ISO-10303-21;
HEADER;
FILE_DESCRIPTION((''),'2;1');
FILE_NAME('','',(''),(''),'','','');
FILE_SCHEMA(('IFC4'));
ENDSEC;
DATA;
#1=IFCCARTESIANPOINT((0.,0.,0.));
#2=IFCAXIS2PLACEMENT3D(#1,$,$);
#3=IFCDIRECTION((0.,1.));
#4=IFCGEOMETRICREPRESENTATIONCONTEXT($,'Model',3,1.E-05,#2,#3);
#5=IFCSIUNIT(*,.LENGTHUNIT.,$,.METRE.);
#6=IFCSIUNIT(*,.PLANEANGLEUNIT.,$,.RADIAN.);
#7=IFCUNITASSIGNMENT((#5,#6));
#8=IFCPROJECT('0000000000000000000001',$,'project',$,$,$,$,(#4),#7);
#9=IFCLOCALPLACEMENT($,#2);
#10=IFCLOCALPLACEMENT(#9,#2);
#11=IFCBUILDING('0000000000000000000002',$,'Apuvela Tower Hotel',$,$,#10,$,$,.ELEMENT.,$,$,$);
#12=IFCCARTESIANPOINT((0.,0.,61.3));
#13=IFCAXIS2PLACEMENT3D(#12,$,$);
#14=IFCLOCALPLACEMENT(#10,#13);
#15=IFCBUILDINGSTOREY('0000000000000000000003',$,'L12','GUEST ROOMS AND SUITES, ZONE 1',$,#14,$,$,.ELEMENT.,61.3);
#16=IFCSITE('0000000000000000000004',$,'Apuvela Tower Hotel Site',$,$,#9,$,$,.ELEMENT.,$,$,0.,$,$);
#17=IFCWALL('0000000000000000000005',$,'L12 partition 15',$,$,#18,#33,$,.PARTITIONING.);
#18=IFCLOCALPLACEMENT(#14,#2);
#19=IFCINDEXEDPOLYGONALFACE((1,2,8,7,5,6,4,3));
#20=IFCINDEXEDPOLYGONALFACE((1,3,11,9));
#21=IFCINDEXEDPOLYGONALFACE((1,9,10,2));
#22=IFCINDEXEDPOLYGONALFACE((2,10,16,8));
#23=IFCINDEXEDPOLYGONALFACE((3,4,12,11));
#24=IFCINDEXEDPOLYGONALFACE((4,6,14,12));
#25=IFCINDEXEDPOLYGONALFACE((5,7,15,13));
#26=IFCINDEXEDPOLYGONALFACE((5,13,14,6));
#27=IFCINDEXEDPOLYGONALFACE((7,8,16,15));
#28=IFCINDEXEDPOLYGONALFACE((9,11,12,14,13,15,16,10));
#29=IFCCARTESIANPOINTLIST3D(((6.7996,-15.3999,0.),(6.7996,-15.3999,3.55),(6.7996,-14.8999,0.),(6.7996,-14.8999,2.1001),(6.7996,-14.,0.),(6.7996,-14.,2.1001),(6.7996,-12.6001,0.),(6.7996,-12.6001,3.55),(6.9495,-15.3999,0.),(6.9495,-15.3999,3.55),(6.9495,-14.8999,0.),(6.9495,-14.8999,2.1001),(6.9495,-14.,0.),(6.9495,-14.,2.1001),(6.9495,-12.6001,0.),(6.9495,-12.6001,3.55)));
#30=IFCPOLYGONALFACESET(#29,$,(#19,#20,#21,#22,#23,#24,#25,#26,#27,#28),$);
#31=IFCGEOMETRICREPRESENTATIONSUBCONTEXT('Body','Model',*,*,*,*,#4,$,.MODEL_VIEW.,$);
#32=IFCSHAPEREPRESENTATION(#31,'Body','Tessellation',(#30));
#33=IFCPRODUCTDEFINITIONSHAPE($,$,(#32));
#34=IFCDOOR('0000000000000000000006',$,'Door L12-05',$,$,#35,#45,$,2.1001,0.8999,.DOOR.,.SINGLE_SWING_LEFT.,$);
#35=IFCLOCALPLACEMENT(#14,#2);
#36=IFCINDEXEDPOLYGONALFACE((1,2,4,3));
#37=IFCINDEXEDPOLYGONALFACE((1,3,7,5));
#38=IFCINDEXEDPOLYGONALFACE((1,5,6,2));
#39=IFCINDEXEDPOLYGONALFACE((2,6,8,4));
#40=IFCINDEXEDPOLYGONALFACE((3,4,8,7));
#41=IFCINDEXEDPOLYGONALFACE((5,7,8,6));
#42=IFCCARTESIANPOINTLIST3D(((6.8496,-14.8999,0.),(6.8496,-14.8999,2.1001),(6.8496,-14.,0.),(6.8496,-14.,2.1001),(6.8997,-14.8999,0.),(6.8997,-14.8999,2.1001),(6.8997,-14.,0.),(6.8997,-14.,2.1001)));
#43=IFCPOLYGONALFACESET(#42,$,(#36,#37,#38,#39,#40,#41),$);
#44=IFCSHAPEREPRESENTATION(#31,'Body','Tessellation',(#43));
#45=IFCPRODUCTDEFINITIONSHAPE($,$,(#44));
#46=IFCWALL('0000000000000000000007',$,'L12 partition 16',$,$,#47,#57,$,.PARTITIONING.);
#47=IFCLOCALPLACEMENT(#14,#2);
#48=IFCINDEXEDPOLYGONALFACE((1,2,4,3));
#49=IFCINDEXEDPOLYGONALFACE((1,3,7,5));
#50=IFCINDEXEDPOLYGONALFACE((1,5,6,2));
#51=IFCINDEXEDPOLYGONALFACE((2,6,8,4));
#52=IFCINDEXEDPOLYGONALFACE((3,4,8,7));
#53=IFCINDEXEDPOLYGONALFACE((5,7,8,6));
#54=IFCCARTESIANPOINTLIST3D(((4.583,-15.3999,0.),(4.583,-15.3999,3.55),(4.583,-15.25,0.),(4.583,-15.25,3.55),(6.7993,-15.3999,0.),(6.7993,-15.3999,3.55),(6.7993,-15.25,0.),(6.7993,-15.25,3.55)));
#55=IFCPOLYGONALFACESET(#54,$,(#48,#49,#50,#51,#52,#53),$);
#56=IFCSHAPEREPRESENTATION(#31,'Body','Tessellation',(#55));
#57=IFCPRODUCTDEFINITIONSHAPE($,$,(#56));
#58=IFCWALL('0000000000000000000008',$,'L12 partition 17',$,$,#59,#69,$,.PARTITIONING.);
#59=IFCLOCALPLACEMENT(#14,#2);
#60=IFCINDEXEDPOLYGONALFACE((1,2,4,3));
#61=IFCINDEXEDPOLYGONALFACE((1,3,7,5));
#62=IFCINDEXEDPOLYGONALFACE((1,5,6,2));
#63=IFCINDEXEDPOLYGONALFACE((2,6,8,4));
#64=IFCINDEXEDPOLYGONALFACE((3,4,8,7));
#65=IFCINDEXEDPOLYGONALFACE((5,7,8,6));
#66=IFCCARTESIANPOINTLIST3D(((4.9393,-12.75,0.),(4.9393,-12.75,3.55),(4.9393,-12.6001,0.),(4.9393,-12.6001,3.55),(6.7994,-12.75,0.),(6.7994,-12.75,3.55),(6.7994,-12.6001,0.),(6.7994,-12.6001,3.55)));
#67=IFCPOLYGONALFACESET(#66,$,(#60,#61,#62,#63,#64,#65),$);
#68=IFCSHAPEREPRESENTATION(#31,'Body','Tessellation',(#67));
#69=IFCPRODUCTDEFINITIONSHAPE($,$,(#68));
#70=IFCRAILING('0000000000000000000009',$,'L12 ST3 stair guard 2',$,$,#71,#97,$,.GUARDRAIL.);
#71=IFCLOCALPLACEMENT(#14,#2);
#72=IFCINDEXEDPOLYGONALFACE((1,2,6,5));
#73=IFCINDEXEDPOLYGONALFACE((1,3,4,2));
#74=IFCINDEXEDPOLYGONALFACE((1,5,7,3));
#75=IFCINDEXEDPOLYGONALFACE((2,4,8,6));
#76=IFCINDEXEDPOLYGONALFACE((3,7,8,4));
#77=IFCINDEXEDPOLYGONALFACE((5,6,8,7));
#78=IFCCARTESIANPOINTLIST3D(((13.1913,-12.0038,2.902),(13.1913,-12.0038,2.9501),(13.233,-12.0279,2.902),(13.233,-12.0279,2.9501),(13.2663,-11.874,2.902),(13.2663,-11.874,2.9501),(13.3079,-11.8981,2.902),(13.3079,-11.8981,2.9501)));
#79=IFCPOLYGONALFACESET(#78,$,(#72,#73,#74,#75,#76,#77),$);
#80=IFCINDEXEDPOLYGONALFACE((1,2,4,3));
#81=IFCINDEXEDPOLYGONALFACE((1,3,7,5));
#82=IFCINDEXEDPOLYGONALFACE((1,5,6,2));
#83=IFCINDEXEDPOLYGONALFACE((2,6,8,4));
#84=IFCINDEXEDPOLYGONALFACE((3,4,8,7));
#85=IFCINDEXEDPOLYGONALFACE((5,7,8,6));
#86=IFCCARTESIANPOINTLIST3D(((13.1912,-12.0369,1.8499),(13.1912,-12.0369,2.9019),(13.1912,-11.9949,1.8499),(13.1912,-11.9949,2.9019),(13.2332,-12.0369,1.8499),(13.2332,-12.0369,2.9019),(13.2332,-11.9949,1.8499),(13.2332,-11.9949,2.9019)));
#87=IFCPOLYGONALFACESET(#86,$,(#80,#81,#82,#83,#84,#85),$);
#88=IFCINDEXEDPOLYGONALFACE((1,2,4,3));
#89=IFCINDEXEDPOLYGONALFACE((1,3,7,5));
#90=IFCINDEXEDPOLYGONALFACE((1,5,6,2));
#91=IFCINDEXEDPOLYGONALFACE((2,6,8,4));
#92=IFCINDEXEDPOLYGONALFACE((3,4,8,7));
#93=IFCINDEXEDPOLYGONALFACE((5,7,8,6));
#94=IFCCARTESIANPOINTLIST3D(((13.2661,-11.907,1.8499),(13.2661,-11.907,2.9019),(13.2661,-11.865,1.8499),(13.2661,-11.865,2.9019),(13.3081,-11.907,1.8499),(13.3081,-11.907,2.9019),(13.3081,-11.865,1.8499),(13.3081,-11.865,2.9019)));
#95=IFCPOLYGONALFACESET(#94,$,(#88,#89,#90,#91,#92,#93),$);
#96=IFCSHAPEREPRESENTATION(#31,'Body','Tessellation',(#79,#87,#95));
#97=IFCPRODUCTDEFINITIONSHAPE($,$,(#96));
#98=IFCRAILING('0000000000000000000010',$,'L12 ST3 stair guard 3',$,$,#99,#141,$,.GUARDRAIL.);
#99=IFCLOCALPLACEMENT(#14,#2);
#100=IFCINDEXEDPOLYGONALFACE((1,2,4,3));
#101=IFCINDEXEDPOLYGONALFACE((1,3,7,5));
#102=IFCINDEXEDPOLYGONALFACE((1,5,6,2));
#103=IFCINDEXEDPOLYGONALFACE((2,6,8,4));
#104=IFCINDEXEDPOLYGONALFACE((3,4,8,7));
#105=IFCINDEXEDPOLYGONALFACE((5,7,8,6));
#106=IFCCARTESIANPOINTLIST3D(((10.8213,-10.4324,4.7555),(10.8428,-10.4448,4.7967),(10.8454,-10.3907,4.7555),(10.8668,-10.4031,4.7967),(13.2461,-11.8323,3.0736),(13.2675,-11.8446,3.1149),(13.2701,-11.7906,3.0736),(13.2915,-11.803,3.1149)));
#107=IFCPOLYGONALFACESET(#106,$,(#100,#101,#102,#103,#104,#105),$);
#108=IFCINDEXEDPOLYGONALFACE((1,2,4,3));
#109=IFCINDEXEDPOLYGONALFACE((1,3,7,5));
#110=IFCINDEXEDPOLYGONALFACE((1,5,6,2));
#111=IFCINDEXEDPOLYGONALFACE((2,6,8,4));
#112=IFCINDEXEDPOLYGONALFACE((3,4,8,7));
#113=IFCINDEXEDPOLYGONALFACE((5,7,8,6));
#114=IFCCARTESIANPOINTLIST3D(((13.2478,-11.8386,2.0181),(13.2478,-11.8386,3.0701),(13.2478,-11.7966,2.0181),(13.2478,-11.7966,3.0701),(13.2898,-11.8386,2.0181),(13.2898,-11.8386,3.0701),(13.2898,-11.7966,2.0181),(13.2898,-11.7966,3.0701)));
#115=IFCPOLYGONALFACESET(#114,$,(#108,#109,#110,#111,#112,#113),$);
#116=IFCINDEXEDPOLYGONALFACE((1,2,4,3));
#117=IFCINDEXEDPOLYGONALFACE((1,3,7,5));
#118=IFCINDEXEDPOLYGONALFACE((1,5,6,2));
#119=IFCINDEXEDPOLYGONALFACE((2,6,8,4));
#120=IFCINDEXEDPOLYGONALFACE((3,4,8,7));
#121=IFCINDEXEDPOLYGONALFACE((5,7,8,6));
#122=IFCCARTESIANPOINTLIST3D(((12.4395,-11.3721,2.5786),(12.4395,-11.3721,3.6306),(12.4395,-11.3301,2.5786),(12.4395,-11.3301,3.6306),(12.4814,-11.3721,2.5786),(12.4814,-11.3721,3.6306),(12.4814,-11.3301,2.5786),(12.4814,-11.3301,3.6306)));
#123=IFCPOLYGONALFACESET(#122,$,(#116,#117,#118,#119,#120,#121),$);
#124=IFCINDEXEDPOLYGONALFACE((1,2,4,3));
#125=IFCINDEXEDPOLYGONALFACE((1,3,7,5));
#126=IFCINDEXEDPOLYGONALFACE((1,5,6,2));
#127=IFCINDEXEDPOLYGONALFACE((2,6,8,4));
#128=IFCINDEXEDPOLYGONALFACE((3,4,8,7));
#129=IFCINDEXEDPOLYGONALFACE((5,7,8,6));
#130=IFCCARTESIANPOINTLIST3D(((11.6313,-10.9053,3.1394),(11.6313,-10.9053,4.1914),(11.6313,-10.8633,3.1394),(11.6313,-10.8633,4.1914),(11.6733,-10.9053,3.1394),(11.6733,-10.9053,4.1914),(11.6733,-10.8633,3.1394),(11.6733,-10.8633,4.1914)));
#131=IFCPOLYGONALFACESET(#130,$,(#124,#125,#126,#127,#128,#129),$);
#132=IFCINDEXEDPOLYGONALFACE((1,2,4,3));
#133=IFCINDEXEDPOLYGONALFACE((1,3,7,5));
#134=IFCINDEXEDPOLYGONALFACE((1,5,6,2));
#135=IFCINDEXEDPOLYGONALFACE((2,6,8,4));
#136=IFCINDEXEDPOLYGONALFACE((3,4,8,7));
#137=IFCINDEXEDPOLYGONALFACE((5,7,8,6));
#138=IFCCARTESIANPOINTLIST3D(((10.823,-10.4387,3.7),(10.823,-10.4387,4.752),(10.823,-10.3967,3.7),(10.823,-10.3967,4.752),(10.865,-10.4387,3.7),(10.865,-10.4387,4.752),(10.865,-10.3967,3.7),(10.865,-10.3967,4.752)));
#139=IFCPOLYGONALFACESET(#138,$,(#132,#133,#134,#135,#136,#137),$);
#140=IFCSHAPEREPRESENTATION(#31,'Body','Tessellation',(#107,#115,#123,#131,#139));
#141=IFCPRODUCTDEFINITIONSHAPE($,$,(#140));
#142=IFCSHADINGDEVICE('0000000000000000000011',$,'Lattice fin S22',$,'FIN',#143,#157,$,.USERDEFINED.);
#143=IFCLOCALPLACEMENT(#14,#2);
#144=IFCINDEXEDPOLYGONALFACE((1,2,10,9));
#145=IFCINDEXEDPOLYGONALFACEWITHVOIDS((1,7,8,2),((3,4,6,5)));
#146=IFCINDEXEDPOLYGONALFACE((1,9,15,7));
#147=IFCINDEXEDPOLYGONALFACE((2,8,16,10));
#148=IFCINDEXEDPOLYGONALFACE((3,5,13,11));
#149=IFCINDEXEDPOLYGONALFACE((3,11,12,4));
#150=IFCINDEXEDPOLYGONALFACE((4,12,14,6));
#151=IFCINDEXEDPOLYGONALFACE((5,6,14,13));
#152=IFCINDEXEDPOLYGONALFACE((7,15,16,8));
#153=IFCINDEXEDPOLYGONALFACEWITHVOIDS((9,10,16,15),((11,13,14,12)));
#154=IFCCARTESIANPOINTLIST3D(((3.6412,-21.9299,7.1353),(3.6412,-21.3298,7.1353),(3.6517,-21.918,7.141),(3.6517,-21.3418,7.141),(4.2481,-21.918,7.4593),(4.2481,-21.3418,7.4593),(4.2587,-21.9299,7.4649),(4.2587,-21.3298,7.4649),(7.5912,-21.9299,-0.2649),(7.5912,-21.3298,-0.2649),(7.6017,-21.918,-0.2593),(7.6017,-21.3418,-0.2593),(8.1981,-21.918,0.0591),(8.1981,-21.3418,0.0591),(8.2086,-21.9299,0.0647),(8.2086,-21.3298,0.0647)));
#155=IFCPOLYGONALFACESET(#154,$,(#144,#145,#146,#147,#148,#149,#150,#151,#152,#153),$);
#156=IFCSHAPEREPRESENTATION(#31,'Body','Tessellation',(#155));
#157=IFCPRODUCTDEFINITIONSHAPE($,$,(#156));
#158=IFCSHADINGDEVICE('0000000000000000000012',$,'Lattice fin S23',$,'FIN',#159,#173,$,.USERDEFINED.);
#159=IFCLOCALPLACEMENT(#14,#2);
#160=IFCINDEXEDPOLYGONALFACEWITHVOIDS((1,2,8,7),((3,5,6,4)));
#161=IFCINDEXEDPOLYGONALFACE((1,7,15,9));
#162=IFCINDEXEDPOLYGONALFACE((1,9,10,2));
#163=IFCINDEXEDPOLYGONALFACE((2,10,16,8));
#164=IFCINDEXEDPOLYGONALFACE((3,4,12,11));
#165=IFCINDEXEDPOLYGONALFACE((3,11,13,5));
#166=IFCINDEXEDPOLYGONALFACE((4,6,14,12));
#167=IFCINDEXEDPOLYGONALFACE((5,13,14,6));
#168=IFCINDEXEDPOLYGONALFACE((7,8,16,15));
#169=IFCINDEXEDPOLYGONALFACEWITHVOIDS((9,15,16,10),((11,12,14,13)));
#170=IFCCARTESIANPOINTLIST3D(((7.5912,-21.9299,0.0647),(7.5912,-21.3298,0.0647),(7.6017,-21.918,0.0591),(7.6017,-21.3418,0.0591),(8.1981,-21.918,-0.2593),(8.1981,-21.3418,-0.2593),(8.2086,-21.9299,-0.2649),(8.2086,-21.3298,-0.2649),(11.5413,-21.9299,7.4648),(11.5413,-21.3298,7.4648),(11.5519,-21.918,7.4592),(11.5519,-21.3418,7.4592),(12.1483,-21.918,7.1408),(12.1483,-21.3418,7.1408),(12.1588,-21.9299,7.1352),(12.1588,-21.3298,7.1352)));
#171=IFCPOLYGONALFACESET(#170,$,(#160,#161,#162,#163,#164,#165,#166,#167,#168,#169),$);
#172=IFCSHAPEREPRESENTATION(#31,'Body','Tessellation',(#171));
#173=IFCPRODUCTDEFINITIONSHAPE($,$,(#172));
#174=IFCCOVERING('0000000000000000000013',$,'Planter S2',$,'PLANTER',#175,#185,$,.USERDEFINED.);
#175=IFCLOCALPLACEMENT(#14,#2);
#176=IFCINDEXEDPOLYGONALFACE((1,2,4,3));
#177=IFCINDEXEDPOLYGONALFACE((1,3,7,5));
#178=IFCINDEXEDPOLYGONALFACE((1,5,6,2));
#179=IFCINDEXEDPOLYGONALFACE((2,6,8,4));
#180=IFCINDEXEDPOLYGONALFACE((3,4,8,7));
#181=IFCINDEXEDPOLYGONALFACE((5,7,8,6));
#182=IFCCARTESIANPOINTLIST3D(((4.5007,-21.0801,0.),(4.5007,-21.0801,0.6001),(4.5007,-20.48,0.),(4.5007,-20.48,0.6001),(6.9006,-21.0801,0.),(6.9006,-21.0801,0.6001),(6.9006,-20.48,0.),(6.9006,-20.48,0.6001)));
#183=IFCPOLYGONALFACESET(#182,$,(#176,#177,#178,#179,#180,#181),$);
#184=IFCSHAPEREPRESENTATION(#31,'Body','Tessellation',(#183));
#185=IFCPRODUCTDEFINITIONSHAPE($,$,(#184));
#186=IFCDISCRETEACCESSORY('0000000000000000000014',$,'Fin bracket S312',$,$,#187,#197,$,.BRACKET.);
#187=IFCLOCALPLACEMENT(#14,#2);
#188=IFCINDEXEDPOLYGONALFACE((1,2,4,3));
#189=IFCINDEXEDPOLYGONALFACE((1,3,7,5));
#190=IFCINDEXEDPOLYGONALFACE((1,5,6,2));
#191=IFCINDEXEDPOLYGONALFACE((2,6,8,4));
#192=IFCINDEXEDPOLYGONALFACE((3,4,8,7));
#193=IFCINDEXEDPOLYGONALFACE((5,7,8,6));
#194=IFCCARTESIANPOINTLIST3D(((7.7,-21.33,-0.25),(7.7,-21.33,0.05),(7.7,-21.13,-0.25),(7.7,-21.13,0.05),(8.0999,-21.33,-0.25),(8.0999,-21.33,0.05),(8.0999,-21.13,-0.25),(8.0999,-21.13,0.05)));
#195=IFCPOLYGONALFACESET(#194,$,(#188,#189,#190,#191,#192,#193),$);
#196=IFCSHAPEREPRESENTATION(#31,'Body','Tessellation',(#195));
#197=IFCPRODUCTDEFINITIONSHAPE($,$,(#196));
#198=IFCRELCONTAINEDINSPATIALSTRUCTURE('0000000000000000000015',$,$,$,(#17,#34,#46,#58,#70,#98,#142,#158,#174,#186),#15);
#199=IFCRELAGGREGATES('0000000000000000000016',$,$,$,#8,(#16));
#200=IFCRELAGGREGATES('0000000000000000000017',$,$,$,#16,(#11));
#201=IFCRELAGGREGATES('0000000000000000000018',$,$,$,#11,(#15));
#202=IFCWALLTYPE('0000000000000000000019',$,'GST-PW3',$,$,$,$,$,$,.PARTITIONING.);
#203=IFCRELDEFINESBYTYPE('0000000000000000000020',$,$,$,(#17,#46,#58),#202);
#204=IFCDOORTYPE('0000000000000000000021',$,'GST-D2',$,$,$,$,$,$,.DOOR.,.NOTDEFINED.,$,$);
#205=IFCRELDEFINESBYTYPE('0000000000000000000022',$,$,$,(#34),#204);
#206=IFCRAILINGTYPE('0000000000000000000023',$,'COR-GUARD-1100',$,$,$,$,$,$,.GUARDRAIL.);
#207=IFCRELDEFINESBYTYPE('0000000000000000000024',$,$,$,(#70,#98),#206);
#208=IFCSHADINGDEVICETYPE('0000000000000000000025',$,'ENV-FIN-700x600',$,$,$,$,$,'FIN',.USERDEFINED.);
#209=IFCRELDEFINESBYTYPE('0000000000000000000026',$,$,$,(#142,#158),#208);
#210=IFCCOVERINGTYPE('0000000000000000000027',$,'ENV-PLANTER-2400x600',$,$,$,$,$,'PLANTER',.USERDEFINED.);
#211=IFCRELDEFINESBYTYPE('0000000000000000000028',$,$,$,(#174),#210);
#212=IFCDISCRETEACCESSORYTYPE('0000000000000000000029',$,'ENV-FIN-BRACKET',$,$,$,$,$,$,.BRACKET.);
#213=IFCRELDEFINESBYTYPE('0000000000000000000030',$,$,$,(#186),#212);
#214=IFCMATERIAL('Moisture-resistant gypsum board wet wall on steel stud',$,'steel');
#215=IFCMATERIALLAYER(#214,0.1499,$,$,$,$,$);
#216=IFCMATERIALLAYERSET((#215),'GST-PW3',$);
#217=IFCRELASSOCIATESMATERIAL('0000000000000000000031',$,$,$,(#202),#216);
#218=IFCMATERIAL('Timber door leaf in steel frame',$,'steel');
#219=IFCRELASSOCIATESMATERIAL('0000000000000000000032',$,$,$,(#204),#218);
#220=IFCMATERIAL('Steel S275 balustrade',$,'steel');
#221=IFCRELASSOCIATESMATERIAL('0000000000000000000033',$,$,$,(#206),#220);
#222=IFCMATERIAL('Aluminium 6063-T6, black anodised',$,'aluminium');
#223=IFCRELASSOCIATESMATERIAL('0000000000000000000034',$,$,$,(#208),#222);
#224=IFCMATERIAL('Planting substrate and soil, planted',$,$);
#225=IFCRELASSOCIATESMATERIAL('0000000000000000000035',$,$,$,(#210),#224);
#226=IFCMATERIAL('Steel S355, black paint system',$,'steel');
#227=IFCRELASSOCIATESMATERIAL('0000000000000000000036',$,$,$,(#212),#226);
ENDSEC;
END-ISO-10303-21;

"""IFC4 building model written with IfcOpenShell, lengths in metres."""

from ifc_helpers import new_model, si_unit, direction, frame, frame_2d, origin, origin_2d, place, context, subcontext, project, spatial, rectangle, hollow_rectangle, extrude, material, layer, layer_set, material_profile, profile_set, type_object, element, fill, save


model = new_model("IFC4")

# Units and contexts
model_context = context("Model", 3, precision=1e-05, world=origin(), true_north=direction((0.0, 1.0)))
body_context = subcontext(model_context, "Body", "Model", "MODEL_VIEW")
ifc_project = project(units=[si_unit("LENGTHUNIT", "METRE"), si_unit("PLANEANGLEUNIT", "RADIAN")], contexts=[model_context])

# Site, building, storey
site_placement = place(None, origin())
site = spatial("IfcSite", under=ifc_project, at=site_placement, Name="Apuvela Tower Hotel Site", CompositionType="ELEMENT", RefElevation=0.0)
building_placement = place(site_placement, origin())
building = spatial("IfcBuilding", under=site, at=building_placement, Name="Apuvela Tower Hotel", CompositionType="ELEMENT")
storey_placement = place(building_placement, frame((0.0, 0.0, 61.3)))
storey = spatial("IfcBuildingStorey", under=building, at=storey_placement, Name="L12", Description="GUEST ROOMS AND SUITES, ZONE 1", CompositionType="ELEMENT", Elevation=61.3)

# Wall, opening, door
ifc_material_1 = material(Name="Moisture-resistant gypsum board wet wall on steel stud", Category="steel")
ifc_layer_1 = layer(ifc_material_1, 0.1499)
ifc_layer_set_1 = layer_set([ifc_layer_1], Name="GST-PW3")
wall_type_1 = type_object("IfcWallType", Name="GST-PW3", PredefinedType="PARTITIONING", material=ifc_layer_set_1)
wall_1_placement = place(storey_placement, frame((6.8745, -15.3999, 0.0), z_axis=(0.0, 0.0, 1.0), x_axis=(0.0, 1.0, 0.0)))
wall_1 = element("IfcWall", 1, at=wall_1_placement, inside=storey, type_object=wall_type_1, Name="L12 partition 15", PredefinedType="PARTITIONING", context=body_context, shape_type="SweptSolid", body=[
    extrude(rectangle(XDim=2.7998, YDim=0.1499, at=frame_2d((1.3999, 0.0))), origin(), (0.0, 0.0, 1.0), 3.55),
])
opening_1_placement = place(wall_1_placement, frame((0.5, 0.0, 0.0)))
opening_1 = element("IfcOpeningElement", 2, at=opening_1_placement, cuts=wall_1, PredefinedType="OPENING", context=body_context, shape_type="SweptSolid", body=[
    extrude(rectangle(XDim=0.8999, YDim=2.1001, at=frame_2d((0.45, 1.05))), frame((0.0, 0.085, 0.0), z_axis=(0.0, -1.0, 0.0), x_axis=(1.0, 0.0, 0.0)), (0.0, 0.0, 1.0), 0.1699),
])
ifc_material_2 = material(Name="Timber door leaf in steel frame", Category="steel")
door_type_1 = type_object("IfcDoorType", Name="GST-D2", OperationType="NOTDEFINED", PredefinedType="DOOR", material=ifc_material_2)
door_1_placement = place(opening_1_placement, origin())
door_1 = element("IfcDoor", 3, at=door_1_placement, inside=storey, type_object=door_type_1, Name="Door L12-05", OperationType="SINGLE_SWING_LEFT", OverallHeight=2.1001, OverallWidth=0.8999, PredefinedType="DOOR", context=body_context, shape_type="SweptSolid", body=[
    extrude(rectangle(XDim=0.8999, YDim=2.1001, at=frame_2d((0.45, 1.05))), frame((0.0, 0.0249, 0.0), z_axis=(0.0, -1.0, 0.0), x_axis=(1.0, 0.0, 0.0)), (0.0, 0.0, 1.0), 0.05),
])
fill(opening_1, door_1)

# Walls
wall_2_placement = place(storey_placement, frame((4.583, -15.325, 0.0), z_axis=(0.0, 0.0, 1.0), x_axis=(1.0, 0.0, 0.0)))
element("IfcWall", 4, at=wall_2_placement, inside=storey, type_object=wall_type_1, Name="L12 partition 16", PredefinedType="PARTITIONING", context=body_context, shape_type="SweptSolid", body=[
    extrude(rectangle(XDim=2.2163, YDim=0.1499, at=frame_2d((1.1082, 0.0))), origin(), (0.0, 0.0, 1.0), 3.55),
])
wall_3_placement = place(storey_placement, frame((4.9392, -12.675, 0.0), z_axis=(0.0, 0.0, 1.0), x_axis=(1.0, 0.0, 0.0)))
element("IfcWall", 5, at=wall_3_placement, inside=storey, type_object=wall_type_1, Name="L12 partition 17", PredefinedType="PARTITIONING", context=body_context, shape_type="SweptSolid", body=[
    extrude(rectangle(XDim=1.8601, YDim=0.1499, at=frame_2d((0.9302, 0.0))), origin(), (0.0, 0.0, 1.0), 3.55),
])

# Railings
ifc_material_3 = material(Name="Steel S275 balustrade", Category="steel")
railing_type = type_object("IfcRailingType", Name="COR-GUARD-1100", PredefinedType="GUARDRAIL", material=ifc_material_3)
railing_1_placement = place(storey_placement, frame((13.2122, -12.0159, 1.8499)))
element("IfcRailing", 6, at=railing_1_placement, inside=storey, type_object=railing_type, Name="L12 ST3 stair guard 2", PredefinedType="GUARDRAIL", context=body_context, shape_type="SweptSolid", body=[
    extrude(rectangle(XDim=0.0481, YDim=0.0481, at=origin_2d()), frame((0.0, 0.0, 1.0762), z_axis=(0.499816, 0.866131, 0.0), x_axis=(-0.866131, 0.499816, 0.0)), (0.0, 0.0, 1.0), 0.1499),
    extrude(rectangle(XDim=0.042, YDim=0.042, at=origin_2d()), origin(), (0.0, 0.0, 1.0), 1.052),
    extrude(rectangle(XDim=0.042, YDim=0.042, at=origin_2d()), frame((0.075, 0.1299, 0.0)), (0.0, 0.0, 1.0), 1.052),
])
railing_2_placement = place(storey_placement, frame((13.2688, -11.8176, 2.0181)))
element("IfcRailing", 7, at=railing_2_placement, inside=storey, type_object=railing_type, Name="L12 ST3 stair guard 3", PredefinedType="GUARDRAIL", context=body_context, shape_type="SweptSolid", body=[
    extrude(rectangle(XDim=0.0481, YDim=0.0481, at=origin_2d()), frame((0.0, 0.0, 1.0762), z_axis=(-0.74239, 0.428601, 0.514934), x_axis=(-0.499984, -0.866035, 0.0)), (0.0, 0.0, 1.0), 3.2661),
    extrude(rectangle(XDim=0.042, YDim=0.042, at=origin_2d()), origin(), (0.0, 0.0, 1.0), 1.052),
    extrude(rectangle(XDim=0.042, YDim=0.042, at=origin_2d()), frame((-0.8083, 0.4666, 0.5605)), (0.0, 0.0, 1.0), 1.052),
    extrude(rectangle(XDim=0.042, YDim=0.042, at=origin_2d()), frame((-1.6165, 0.9333, 1.1213)), (0.0, 0.0, 1.0), 1.052),
    extrude(rectangle(XDim=0.042, YDim=0.042, at=origin_2d()), frame((-2.4248, 1.3999, 1.6819)), (0.0, 0.0, 1.0), 1.052),
])

# Shading devices
ifc_material_4 = material(Name="Aluminium 6063-T6, black anodised", Category="aluminium")
ifc_material_profile_1 = material_profile(ifc_material_4, hollow_rectangle(XDim=0.6001, YDim=0.7, WallThickness=0.012, at=origin_2d()), Name="AL BOX 700x600x12")
ifc_profile_set_1 = profile_set([ifc_material_profile_1], Name="Aluminium 6063-T6, black anodised")
shading_device_type = type_object("IfcShadingDeviceType", Name="ENV-FIN-700x600", ElementType="FIN", PredefinedType="USERDEFINED", material=ifc_profile_set_1)
for number, where, z_axis, x_axis, name in (
    (8, (7.8999, -21.6299, -0.1001), (-0.470886, 0.0, 0.882194), (0.0, -1.0, 0.0), "Lattice fin S22"),
    (9, (7.8999, -21.6299, -0.1001), (0.470908, 0.0, 0.882182), (0.0, 1.0, 0.0), "Lattice fin S23"),
):
    element("IfcShadingDevice", number, at=place(storey_placement, frame(where, z_axis=z_axis, x_axis=x_axis)), inside=storey, type_object=shading_device_type, Name=name, ObjectType="FIN", PredefinedType="USERDEFINED", context=body_context, shape_type="SweptSolid", body=[
        extrude(hollow_rectangle(XDim=0.6001, YDim=0.7, WallThickness=0.012, at=origin_2d()), origin(), (0.0, 0.0, 1.0), 8.3884),
    ])

# Covering
ifc_material_5 = material(Name="Planting substrate and soil, planted")
covering_type = type_object("IfcCoveringType", Name="ENV-PLANTER-2400x600", ElementType="PLANTER", PredefinedType="USERDEFINED", material=ifc_material_5)
covering_placement = place(storey_placement, frame((5.7007, -20.78, 0.0), z_axis=(0.0, 0.0, 1.0), x_axis=(1.0, 0.0, 0.0)))
element("IfcCovering", 10, at=covering_placement, inside=storey, type_object=covering_type, Name="Planter S2", ObjectType="PLANTER", PredefinedType="USERDEFINED", context=body_context, shape_type="SweptSolid", body=[
    extrude(rectangle(XDim=2.3999, YDim=0.6001, at=origin_2d()), origin(), (0.0, 0.0, 1.0), 0.6001),
])

# Discrete accessory
ifc_material_6 = material(Name="Steel S355, black paint system", Category="steel")
discrete_accessory_type = type_object("IfcDiscreteAccessoryType", Name="ENV-FIN-BRACKET", PredefinedType="BRACKET", material=ifc_material_6)
discrete_accessory_placement = place(storey_placement, frame((7.8999, -21.23, -0.25), z_axis=(0.0, 0.0, 1.0), x_axis=(1.0, 0.0, 0.0)))
element("IfcDiscreteAccessory", 11, at=discrete_accessory_placement, inside=storey, type_object=discrete_accessory_type, Name="Fin bracket S312", PredefinedType="BRACKET", context=body_context, shape_type="SweptSolid", body=[
    extrude(rectangle(XDim=0.3999, YDim=0.2, at=origin_2d()), origin(), (0.0, 0.0, 1.0), 0.3),
])

save(model, "model.ifc")
